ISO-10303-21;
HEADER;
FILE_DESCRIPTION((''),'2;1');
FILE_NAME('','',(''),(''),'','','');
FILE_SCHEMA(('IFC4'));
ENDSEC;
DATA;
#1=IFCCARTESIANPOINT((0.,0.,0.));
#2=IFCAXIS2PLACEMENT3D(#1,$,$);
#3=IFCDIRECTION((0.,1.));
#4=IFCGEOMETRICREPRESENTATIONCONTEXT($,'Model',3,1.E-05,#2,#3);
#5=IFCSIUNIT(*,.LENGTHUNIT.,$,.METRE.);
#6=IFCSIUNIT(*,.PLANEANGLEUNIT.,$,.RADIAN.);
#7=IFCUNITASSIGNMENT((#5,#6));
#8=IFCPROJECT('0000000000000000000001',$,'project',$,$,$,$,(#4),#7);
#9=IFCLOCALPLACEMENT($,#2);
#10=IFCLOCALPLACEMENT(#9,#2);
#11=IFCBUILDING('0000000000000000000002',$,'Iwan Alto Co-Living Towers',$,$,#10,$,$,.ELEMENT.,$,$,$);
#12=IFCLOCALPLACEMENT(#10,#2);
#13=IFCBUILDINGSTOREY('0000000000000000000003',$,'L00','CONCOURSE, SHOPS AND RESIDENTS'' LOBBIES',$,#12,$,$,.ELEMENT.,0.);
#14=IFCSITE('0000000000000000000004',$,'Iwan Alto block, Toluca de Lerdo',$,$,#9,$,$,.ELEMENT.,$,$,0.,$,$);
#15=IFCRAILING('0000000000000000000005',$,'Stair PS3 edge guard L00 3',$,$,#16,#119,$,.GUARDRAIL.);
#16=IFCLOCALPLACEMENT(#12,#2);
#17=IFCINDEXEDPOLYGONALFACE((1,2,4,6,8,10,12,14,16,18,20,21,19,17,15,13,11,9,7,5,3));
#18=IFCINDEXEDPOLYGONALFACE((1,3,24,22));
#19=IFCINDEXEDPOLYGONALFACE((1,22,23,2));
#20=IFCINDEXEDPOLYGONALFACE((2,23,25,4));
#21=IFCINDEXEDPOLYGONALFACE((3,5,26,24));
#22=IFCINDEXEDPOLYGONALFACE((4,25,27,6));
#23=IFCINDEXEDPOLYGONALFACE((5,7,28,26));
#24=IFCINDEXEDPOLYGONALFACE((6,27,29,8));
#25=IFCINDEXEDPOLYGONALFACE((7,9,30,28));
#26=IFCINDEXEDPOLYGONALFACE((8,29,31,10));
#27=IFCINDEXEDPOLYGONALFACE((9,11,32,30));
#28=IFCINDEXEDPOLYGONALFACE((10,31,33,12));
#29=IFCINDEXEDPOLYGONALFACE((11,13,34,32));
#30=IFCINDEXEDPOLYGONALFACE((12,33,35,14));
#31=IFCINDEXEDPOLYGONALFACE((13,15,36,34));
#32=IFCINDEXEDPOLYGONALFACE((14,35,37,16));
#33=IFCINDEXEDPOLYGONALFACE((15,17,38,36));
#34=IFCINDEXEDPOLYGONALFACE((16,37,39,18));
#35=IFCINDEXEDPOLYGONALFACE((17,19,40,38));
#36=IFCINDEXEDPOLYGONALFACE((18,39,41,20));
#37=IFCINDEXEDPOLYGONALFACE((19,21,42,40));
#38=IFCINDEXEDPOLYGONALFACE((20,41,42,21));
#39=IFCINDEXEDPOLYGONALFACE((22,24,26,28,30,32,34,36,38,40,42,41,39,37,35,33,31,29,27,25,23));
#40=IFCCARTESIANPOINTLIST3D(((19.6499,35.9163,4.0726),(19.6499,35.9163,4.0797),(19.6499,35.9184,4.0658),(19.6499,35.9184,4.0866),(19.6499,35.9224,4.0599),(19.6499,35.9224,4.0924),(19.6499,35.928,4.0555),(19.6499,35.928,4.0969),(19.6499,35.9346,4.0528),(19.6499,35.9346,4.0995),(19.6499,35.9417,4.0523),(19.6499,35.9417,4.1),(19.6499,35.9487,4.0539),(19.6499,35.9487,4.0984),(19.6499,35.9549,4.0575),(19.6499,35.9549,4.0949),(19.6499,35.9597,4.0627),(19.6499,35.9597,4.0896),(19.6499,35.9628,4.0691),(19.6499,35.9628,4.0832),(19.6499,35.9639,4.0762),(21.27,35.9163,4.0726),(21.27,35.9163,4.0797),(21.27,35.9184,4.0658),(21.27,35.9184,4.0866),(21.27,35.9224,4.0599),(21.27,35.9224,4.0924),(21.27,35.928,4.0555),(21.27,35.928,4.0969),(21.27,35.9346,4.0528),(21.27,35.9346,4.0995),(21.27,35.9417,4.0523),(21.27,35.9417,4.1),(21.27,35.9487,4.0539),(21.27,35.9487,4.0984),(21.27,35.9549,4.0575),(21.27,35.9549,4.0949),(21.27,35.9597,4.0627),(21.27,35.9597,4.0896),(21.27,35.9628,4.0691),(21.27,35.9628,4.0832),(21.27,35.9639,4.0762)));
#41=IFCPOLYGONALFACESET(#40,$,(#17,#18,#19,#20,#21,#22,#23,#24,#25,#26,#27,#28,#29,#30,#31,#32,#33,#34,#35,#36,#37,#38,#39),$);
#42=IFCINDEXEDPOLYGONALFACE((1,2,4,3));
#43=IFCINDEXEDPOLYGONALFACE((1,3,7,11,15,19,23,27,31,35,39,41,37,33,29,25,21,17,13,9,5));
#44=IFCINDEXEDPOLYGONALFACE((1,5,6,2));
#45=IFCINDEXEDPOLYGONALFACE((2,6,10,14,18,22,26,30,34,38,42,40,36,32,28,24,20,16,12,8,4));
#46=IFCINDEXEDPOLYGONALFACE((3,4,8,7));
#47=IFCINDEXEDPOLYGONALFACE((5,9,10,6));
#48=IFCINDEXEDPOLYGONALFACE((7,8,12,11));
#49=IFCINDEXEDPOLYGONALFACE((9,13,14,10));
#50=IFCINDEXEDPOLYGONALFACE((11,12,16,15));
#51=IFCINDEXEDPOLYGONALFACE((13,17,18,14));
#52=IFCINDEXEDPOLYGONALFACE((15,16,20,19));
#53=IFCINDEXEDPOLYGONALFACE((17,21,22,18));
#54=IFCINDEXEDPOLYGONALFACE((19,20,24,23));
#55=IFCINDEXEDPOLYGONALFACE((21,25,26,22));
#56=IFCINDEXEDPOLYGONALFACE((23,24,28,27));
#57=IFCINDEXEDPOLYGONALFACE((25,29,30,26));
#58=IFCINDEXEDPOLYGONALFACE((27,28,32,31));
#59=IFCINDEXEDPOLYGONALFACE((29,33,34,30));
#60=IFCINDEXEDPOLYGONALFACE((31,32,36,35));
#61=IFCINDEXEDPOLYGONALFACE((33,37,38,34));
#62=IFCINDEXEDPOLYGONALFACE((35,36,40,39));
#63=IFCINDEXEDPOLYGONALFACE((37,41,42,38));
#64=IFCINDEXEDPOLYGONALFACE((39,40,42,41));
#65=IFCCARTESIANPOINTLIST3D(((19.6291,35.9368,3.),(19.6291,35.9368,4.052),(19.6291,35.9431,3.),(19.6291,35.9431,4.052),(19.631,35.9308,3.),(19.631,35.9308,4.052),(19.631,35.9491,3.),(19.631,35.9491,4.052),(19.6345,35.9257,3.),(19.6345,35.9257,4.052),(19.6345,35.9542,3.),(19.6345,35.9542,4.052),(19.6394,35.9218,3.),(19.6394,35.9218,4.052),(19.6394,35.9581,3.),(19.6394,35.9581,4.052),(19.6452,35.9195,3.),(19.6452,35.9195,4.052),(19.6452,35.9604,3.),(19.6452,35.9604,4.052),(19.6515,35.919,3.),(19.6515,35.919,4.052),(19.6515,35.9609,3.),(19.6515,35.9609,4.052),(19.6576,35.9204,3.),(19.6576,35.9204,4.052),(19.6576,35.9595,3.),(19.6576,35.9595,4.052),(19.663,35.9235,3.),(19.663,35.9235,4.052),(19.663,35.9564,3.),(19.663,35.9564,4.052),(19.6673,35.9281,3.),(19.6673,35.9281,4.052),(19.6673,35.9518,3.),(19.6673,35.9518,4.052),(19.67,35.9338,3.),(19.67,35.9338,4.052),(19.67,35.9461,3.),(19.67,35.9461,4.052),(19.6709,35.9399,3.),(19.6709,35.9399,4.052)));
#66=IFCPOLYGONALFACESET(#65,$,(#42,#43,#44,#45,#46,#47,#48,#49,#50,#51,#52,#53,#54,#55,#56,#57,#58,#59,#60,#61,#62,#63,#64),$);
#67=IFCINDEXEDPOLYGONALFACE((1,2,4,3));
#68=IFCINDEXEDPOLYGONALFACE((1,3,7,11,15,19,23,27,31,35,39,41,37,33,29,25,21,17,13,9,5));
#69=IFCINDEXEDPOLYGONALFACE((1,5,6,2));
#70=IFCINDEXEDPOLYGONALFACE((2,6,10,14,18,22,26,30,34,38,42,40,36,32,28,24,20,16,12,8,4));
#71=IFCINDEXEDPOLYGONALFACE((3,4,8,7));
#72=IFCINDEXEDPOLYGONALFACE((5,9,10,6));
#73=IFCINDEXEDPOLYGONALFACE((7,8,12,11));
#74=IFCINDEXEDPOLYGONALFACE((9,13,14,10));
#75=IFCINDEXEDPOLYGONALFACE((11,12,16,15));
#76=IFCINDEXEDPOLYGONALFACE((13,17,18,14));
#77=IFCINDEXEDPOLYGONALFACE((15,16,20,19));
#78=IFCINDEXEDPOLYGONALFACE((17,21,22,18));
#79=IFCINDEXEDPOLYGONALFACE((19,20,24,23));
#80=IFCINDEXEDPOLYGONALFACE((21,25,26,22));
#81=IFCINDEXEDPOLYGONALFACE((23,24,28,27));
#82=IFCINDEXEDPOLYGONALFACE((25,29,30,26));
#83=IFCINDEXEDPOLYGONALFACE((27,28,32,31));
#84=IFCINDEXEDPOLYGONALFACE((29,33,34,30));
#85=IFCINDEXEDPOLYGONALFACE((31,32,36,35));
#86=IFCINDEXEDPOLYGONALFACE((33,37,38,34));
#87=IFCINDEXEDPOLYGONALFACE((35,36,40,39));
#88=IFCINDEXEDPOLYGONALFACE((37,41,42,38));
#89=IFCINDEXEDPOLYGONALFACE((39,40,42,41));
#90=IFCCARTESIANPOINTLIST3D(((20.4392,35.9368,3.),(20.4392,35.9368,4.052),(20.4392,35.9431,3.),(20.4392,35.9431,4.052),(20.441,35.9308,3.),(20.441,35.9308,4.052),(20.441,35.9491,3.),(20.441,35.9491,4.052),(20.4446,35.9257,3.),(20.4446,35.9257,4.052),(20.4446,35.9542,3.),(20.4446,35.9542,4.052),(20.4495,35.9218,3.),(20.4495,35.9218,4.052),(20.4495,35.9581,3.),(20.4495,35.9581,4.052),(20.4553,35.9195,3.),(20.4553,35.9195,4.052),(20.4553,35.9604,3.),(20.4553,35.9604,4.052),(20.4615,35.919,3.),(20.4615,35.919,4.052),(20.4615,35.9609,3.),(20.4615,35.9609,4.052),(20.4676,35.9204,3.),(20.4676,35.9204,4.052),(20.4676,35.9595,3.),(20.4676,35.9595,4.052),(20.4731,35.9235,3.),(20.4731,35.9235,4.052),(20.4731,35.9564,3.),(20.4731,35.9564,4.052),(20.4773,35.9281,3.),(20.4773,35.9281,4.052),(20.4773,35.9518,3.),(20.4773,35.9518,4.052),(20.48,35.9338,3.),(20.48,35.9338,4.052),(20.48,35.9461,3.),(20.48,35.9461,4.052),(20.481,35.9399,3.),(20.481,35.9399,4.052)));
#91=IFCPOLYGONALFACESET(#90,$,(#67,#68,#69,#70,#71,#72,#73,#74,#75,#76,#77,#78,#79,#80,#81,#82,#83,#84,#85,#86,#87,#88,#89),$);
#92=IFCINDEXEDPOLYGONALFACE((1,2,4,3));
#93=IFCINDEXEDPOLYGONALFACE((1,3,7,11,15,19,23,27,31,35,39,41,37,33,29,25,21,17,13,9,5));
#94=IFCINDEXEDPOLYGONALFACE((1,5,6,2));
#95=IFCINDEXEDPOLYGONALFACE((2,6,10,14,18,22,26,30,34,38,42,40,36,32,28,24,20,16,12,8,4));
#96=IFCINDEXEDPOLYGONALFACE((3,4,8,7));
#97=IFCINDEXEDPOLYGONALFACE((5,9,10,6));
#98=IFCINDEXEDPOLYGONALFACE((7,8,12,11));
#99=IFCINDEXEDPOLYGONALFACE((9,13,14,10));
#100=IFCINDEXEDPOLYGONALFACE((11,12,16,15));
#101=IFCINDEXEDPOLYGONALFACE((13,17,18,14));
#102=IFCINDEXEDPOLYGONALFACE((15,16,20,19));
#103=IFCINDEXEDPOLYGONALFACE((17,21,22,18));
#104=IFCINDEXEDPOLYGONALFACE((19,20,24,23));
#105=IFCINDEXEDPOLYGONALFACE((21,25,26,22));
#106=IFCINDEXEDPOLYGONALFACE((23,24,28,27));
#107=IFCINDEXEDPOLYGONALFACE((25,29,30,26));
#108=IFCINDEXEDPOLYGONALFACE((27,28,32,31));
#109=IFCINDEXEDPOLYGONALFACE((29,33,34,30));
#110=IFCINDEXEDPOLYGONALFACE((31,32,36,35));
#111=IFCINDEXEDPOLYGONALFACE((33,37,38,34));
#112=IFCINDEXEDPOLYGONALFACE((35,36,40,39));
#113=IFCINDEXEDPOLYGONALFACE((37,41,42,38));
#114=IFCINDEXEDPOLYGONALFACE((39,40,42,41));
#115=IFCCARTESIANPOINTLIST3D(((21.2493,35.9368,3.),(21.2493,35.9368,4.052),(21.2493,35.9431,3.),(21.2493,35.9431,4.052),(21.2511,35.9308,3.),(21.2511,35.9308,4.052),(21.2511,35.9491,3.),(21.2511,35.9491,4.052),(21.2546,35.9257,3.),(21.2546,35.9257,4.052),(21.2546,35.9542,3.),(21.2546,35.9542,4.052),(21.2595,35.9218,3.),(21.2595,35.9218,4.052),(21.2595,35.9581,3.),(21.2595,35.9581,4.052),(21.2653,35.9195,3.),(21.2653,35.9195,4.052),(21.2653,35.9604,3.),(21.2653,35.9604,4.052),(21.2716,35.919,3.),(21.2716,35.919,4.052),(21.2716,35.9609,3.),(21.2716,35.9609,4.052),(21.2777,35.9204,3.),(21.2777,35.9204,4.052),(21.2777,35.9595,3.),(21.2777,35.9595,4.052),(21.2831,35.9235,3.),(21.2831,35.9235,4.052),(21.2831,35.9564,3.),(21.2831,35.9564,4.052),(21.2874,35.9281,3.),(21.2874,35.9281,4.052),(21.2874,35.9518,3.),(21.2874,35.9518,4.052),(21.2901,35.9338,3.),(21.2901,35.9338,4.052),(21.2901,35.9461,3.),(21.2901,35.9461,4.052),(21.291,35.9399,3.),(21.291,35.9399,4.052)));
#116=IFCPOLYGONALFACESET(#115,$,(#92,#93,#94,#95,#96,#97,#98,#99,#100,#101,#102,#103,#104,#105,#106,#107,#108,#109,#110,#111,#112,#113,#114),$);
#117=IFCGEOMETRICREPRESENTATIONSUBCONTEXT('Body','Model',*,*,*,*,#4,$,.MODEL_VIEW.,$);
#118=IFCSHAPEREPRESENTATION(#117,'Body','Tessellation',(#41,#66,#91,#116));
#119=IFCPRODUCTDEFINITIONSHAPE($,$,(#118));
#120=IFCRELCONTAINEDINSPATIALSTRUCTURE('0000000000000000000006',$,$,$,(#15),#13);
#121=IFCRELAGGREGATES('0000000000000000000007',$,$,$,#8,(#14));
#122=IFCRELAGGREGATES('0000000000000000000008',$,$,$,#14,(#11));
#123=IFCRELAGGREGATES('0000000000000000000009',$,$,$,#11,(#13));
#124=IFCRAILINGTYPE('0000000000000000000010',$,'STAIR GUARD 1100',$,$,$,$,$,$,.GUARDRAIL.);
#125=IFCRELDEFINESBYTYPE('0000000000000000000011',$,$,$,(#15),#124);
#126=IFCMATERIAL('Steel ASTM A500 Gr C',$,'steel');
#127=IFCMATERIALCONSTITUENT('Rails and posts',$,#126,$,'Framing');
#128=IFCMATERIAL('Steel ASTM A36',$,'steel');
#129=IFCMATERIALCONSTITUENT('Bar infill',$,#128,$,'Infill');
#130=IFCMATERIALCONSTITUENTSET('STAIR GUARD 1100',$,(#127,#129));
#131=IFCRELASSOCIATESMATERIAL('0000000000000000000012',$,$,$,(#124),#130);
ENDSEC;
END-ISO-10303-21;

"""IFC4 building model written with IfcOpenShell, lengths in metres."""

from ifc_helpers import new_model, si_unit, direction, frame, origin, origin_2d, place, context, subcontext, project, spatial, circle, extrude, material, constituent, constituent_set, type_object, element, save


model = new_model("IFC4")

# Units and contexts
model_context = context("Model", 3, precision=1e-05, world=origin(), true_north=direction((0.0, 1.0)))
body_context = subcontext(model_context, "Body", "Model", "MODEL_VIEW")
ifc_project = project(units=[si_unit("LENGTHUNIT", "METRE"), si_unit("PLANEANGLEUNIT", "RADIAN")], contexts=[model_context])

# Site, building, storey
site_placement = place(None, origin())
site = spatial("IfcSite", under=ifc_project, at=site_placement, Name="Iwan Alto block, Toluca de Lerdo", CompositionType="ELEMENT", RefElevation=0.0)
building_placement = place(site_placement, origin())
building = spatial("IfcBuilding", under=site, at=building_placement, Name="Iwan Alto Co-Living Towers", CompositionType="ELEMENT")
storey_placement = place(building_placement, origin())
storey = spatial("IfcBuildingStorey", under=building, at=storey_placement, Name="L00", Description="CONCOURSE, SHOPS AND RESIDENTS' LOBBIES", CompositionType="ELEMENT", Elevation=0.0)

# Shared definitions
ifc_material_1 = material(Name="Steel ASTM A36", Category="steel")

# Railing
ifc_material_2 = material(Name="Steel ASTM A500 Gr C", Category="steel")
ifc_constituent_1 = constituent(ifc_material_2, Name="Rails and posts", Category="Framing")
ifc_constituent_2 = constituent(ifc_material_1, Name="Bar infill", Category="Infill")
ifc_constituent_set_1 = constituent_set(constituents=[ifc_constituent_1, ifc_constituent_2], Name="STAIR GUARD 1100")
railing_type_1 = type_object("IfcRailingType", Name="STAIR GUARD 1100", PredefinedType="GUARDRAIL", material=ifc_constituent_set_1)
railing_1_placement = place(storey_placement, frame((19.6499, 35.9399, 3.0)))
element("IfcRailing", 1, at=railing_1_placement, inside=storey, type_object=railing_type_1, Name="Stair PS3 edge guard L00 3", PredefinedType="GUARDRAIL", context=body_context, shape_type="SweptSolid", body=[
    extrude(circle(Radius=0.0239, at=origin_2d()), frame((0.0, 0.0, 1.0762), z_axis=(1.0, 0.0, 0.0), x_axis=(0.0, 1.0, 0.0)), (0.0, 0.0, 1.0), 1.6201),
    extrude(circle(Radius=0.021, at=origin_2d()), origin(), (0.0, 0.0, 1.0), 1.052),
    extrude(circle(Radius=0.021, at=origin_2d()), frame((0.8101, 0.0, 0.0)), (0.0, 0.0, 1.0), 1.052),
    extrude(circle(Radius=0.021, at=origin_2d()), frame((1.6201, 0.0, 0.0)), (0.0, 0.0, 1.0), 1.052),
])

save(model, "model.ifc")
